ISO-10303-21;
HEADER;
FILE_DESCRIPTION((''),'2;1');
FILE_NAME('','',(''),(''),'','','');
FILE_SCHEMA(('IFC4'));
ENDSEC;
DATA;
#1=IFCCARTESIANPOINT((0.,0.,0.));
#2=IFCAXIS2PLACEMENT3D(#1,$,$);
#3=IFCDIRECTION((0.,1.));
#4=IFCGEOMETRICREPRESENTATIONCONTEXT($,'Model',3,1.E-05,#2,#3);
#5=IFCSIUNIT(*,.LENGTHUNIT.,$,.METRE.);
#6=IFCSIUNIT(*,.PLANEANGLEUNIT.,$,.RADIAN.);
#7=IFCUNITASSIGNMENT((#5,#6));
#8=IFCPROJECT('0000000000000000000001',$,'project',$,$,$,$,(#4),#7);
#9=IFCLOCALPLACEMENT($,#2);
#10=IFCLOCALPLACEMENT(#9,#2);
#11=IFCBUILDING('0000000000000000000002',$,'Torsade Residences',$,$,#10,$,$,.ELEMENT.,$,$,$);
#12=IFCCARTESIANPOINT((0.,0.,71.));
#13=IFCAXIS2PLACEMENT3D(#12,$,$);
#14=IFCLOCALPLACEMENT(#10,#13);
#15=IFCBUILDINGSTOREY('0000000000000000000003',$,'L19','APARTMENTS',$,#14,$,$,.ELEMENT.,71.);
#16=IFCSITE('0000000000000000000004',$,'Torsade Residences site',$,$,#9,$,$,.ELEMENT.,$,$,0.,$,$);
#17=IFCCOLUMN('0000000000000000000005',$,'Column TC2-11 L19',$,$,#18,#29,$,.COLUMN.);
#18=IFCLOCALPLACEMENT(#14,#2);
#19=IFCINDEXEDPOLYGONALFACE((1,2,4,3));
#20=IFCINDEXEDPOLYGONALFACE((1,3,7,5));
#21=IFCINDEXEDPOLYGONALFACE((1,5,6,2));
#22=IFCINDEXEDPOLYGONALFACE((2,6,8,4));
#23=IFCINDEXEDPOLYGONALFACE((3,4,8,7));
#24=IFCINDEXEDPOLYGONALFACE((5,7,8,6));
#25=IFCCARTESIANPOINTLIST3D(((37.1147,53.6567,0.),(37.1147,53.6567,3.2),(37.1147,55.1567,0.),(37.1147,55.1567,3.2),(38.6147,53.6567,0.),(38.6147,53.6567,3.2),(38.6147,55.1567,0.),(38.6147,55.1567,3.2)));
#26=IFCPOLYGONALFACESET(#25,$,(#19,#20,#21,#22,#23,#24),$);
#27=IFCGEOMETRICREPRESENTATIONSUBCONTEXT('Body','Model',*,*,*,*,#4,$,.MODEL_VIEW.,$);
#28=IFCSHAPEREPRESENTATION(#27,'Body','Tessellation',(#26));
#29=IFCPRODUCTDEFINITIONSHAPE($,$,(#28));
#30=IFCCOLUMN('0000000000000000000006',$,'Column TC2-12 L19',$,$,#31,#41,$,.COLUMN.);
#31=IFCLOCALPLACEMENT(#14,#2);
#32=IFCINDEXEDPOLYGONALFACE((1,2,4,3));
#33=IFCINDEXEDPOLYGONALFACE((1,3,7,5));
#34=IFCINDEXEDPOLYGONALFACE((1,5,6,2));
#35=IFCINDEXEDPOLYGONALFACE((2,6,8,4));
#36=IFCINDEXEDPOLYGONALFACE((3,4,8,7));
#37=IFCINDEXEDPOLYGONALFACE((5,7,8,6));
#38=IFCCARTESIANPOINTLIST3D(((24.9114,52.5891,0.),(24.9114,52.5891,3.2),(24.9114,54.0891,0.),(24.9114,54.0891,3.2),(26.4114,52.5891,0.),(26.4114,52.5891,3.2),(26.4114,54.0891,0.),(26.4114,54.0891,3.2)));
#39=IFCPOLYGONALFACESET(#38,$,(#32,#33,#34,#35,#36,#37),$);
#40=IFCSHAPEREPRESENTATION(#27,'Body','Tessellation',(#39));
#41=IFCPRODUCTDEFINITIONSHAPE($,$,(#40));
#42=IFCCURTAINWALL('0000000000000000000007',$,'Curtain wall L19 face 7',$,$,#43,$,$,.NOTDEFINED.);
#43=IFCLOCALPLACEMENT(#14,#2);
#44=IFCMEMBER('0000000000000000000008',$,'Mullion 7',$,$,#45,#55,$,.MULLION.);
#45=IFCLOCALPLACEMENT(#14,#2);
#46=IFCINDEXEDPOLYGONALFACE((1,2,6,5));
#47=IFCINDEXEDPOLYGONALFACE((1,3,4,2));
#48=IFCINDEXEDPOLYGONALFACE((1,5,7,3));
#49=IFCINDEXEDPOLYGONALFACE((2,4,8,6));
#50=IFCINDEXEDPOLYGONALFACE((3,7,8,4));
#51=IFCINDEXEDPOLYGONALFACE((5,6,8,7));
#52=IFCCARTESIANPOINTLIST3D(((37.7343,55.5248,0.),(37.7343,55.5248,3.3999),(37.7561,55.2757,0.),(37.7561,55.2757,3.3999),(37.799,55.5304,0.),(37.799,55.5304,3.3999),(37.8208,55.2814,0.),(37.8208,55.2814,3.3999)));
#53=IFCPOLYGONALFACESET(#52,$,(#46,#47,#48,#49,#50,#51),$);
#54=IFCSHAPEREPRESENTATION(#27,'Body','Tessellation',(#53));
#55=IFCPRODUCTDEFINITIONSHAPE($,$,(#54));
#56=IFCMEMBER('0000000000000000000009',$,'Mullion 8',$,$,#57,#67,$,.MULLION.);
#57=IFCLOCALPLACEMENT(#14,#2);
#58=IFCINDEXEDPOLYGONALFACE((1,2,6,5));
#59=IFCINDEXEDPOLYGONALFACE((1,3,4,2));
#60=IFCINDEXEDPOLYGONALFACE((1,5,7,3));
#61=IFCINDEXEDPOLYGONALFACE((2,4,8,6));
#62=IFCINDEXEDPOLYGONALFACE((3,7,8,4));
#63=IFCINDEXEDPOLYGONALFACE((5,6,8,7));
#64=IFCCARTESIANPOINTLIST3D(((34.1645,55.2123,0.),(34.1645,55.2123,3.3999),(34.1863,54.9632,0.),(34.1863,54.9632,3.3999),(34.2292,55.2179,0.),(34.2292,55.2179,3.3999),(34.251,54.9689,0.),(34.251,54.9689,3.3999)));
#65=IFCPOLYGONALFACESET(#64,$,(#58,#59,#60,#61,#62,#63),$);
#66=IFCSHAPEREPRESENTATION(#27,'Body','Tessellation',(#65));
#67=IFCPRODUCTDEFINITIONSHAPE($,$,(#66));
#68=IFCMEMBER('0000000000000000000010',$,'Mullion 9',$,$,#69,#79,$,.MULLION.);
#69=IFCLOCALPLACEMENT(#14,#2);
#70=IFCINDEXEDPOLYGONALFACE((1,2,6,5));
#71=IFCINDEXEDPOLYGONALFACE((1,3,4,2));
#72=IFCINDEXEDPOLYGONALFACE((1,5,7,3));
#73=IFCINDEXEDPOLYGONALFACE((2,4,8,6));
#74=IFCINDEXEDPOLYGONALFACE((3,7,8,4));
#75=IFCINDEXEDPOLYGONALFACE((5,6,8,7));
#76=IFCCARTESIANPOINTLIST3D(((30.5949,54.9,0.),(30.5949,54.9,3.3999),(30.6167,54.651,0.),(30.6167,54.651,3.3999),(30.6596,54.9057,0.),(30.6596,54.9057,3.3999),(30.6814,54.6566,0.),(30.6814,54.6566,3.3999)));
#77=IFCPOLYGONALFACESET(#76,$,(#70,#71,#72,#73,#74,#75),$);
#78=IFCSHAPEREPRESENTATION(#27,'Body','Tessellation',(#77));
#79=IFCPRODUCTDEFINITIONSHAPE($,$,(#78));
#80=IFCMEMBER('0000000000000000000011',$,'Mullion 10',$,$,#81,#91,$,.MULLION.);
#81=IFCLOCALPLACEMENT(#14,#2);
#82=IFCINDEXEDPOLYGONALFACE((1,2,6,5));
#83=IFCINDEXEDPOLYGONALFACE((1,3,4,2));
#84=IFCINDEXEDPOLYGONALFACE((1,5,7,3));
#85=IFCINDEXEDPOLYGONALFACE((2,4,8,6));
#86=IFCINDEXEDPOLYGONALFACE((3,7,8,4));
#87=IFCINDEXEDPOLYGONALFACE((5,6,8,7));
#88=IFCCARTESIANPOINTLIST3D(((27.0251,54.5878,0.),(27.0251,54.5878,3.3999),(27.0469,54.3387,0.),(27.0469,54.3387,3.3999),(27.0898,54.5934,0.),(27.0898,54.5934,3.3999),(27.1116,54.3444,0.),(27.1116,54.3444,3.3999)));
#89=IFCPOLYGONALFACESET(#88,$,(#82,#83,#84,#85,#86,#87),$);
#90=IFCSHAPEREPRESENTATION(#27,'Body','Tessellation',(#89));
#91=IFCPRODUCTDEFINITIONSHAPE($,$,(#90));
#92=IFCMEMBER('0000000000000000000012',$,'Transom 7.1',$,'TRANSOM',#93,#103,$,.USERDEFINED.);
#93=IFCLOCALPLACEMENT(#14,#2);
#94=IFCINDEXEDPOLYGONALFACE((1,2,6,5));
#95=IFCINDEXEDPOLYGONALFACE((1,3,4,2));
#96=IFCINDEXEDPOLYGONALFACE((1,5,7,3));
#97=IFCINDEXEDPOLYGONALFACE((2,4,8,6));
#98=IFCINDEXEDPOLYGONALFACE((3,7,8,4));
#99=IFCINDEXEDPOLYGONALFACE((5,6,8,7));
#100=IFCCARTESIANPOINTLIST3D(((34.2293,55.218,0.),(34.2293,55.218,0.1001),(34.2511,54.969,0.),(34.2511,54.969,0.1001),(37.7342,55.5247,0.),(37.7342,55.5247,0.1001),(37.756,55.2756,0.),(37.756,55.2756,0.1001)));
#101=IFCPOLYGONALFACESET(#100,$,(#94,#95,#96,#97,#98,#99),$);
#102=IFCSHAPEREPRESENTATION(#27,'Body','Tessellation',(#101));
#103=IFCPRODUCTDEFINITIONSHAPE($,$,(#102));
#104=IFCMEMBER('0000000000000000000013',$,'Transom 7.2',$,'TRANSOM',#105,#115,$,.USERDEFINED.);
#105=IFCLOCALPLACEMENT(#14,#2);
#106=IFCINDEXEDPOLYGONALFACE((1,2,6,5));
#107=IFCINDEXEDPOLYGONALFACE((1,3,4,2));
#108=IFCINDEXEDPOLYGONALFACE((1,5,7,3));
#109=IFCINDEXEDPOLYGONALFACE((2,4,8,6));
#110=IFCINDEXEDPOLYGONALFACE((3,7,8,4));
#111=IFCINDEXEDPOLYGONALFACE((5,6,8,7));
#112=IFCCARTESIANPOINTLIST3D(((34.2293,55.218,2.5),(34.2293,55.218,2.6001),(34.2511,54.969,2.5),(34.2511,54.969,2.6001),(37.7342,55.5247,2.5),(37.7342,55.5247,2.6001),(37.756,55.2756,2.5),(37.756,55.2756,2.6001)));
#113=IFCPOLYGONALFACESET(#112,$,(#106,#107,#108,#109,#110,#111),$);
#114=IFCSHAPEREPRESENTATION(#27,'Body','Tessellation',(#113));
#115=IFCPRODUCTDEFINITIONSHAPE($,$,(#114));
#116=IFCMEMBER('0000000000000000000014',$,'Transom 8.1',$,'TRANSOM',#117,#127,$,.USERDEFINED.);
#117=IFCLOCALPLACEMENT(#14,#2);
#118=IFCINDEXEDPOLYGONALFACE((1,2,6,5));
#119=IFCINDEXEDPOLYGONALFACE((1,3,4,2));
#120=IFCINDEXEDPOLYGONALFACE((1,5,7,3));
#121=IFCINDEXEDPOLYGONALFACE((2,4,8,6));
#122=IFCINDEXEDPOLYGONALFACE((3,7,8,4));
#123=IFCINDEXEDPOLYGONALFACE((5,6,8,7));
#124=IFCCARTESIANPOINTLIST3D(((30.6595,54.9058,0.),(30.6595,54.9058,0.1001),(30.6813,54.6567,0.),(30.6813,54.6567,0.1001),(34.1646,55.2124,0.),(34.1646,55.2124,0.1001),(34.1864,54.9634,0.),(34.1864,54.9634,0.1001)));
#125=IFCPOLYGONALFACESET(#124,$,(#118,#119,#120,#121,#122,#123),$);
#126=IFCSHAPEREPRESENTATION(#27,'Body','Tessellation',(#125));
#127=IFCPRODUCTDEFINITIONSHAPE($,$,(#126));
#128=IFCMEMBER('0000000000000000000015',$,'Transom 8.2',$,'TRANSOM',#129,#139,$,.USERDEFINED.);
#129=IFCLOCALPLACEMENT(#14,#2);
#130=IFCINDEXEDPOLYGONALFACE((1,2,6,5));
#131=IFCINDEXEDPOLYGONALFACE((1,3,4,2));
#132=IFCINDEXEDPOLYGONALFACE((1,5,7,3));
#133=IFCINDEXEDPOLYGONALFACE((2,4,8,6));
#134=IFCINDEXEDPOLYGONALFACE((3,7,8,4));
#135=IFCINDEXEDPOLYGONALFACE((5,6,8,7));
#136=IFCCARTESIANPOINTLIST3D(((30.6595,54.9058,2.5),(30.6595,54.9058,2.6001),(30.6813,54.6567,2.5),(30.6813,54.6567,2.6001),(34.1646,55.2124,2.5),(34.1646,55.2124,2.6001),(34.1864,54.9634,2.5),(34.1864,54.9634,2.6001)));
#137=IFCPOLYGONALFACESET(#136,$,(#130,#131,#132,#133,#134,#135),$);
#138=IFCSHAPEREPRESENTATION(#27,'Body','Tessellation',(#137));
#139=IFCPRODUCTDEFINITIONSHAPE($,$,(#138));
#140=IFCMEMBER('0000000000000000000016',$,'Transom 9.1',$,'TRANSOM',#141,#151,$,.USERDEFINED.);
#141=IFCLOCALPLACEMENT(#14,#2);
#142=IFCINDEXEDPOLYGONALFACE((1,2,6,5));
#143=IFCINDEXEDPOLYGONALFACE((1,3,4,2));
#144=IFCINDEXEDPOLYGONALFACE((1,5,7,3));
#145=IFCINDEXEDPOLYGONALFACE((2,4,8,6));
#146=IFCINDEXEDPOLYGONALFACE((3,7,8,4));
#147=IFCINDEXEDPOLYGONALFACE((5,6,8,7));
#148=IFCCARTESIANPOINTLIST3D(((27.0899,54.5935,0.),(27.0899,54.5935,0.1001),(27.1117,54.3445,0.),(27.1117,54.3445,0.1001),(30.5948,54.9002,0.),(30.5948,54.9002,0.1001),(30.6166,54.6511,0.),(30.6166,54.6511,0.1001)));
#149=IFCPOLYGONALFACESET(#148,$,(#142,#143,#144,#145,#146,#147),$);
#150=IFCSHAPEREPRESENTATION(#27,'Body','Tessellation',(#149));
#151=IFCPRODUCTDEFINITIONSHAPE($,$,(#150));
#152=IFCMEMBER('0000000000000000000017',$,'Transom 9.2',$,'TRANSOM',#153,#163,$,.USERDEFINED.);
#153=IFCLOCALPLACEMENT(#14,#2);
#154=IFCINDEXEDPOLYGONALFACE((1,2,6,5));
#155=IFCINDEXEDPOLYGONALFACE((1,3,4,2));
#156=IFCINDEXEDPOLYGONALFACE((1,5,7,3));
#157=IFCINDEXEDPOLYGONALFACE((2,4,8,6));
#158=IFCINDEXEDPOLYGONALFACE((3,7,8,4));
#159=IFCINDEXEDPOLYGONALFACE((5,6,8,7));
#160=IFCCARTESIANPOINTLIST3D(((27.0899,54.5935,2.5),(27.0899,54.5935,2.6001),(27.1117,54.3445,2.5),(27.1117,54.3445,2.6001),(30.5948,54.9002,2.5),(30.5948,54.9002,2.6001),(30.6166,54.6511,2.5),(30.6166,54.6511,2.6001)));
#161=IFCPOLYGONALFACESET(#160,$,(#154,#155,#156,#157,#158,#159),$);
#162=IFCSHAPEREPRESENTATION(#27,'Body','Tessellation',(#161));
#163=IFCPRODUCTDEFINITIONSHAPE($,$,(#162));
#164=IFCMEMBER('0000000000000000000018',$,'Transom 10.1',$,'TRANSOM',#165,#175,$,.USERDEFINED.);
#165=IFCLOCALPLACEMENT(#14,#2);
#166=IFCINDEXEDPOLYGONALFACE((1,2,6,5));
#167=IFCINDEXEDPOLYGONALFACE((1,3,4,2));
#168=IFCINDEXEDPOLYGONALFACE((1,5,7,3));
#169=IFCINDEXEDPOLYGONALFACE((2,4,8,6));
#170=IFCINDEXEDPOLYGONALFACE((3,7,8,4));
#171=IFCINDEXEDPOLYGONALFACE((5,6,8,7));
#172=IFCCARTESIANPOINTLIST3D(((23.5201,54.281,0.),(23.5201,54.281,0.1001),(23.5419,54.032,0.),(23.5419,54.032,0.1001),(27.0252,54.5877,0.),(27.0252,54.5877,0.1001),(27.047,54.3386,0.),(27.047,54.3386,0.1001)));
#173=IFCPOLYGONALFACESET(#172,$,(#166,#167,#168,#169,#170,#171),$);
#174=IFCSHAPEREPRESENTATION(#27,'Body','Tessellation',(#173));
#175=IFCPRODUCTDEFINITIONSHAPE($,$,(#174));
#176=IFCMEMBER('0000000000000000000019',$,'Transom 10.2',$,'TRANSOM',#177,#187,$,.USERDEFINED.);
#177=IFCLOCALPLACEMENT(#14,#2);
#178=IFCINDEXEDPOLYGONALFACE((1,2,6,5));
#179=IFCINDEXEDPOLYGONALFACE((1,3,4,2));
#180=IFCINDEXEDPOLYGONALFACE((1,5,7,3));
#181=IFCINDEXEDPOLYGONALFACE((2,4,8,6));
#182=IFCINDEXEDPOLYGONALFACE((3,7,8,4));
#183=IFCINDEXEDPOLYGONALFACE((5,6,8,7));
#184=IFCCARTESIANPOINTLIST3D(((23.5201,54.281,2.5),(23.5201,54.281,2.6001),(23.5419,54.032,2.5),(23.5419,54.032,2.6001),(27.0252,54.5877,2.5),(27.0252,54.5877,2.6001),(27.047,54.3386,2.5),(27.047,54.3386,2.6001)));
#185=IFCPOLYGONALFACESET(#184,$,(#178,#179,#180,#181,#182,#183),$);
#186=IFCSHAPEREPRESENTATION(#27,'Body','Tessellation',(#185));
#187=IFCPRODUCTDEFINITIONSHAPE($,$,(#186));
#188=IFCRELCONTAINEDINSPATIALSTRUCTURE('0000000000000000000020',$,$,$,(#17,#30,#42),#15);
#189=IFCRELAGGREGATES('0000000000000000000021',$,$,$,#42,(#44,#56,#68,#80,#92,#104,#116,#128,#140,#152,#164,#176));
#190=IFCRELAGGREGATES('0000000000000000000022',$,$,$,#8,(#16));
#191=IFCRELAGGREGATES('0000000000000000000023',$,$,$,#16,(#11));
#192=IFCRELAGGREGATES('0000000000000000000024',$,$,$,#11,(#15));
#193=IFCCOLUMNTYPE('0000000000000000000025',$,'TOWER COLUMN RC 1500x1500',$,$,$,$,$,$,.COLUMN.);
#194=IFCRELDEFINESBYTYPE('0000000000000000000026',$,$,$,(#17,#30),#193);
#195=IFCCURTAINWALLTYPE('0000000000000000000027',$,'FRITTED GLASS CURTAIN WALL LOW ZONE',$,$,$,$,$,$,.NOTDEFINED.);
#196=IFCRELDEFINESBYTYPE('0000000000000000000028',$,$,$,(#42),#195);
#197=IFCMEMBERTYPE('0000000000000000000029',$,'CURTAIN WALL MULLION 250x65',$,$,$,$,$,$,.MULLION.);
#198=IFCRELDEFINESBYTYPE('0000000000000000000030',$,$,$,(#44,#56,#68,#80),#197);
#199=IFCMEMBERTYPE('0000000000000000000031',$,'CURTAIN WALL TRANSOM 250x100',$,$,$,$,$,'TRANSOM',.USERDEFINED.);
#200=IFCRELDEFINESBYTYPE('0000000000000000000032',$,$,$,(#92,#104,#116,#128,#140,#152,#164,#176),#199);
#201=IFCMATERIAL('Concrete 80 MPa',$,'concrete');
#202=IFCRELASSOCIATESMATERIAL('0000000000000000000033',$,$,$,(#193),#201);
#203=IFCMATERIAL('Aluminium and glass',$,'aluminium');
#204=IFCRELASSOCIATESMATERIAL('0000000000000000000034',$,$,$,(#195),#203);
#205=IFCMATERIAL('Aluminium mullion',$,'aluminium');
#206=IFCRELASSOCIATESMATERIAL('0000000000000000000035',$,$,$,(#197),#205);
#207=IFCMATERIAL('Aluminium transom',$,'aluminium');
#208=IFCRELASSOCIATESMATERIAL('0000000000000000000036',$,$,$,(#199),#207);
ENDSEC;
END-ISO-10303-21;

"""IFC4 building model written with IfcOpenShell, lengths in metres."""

from ifc_helpers import new_model, si_unit, direction, frame, origin, origin_2d, place, context, subcontext, project, spatial, rectangle, extrude, material, material_profile, profile_set, type_object, element, aggregate, save


model = new_model("IFC4")

# Units and contexts
model_context = context("Model", 3, precision=1e-05, world=origin(), true_north=direction((0.0, 1.0)))
body_context = subcontext(model_context, "Body", "Model", "MODEL_VIEW")
ifc_project = project(units=[si_unit("LENGTHUNIT", "METRE"), si_unit("PLANEANGLEUNIT", "RADIAN")], contexts=[model_context])

# Site, building, storey
site_placement = place(None, origin())
site = spatial("IfcSite", under=ifc_project, at=site_placement, Name="Torsade Residences site", CompositionType="ELEMENT", RefElevation=0.0)
building_placement = place(site_placement, origin())
building = spatial("IfcBuilding", under=site, at=building_placement, Name="Torsade Residences", CompositionType="ELEMENT")
storey_placement = place(building_placement, frame((0.0, 0.0, 71.0)))
storey = spatial("IfcBuildingStorey", under=building, at=storey_placement, Name="L19", Description="APARTMENTS", CompositionType="ELEMENT", Elevation=71.0)

# Columns
ifc_material_1 = material(Name="Concrete 80 MPa", Category="concrete")
ifc_material_profile_1 = material_profile(ifc_material_1, rectangle(XDim=1.5, YDim=1.5, at=origin_2d()), Name="RC 1500x1500")
ifc_profile_set_1 = profile_set([ifc_material_profile_1], Name="Concrete 80 MPa")
column_type = type_object("IfcColumnType", Name="TOWER COLUMN RC 1500x1500", PredefinedType="COLUMN", material=ifc_profile_set_1)
for number, where, z_axis, x_axis, name in (
    (1, (37.8647, 54.4067, 0.0), (0.0, 0.0, 1.0), (1.0, 0.0, 0.0), "Column TC2-11 L19"),
    (2, (25.6614, 53.3391, 0.0), (0.0, 0.0, 1.0), (1.0, 0.0, 0.0), "Column TC2-12 L19"),
):
    element("IfcColumn", number, at=place(storey_placement, frame(where, z_axis=z_axis, x_axis=x_axis)), inside=storey, type_object=column_type, Name=name, PredefinedType="COLUMN", context=body_context, shape_type="SweptSolid", body=[
        extrude(rectangle(XDim=1.5, YDim=1.5, at=origin_2d()), origin(), (0.0, 0.0, 1.0), 3.2),
    ])

# Curtain wall, members
ifc_material_2 = material(Name="Aluminium and glass", Category="aluminium")
curtain_wall_type = type_object("IfcCurtainWallType", Name="FRITTED GLASS CURTAIN WALL LOW ZONE", PredefinedType="NOTDEFINED", material=ifc_material_2)
curtain_wall_placement = place(storey_placement, origin())
curtain_wall = element("IfcCurtainWall", 3, at=curtain_wall_placement, inside=storey, type_object=curtain_wall_type, Name="Curtain wall L19 face 7", PredefinedType="NOTDEFINED")
ifc_material_3 = material(Name="Aluminium mullion", Category="aluminium")
ifc_material_profile_2 = material_profile(ifc_material_3, rectangle(XDim=0.25, YDim=0.0649, at=origin_2d()), Name="CURTAIN WALL MULLION 250x65")
ifc_profile_set_2 = profile_set([ifc_material_profile_2], Name="Aluminium mullion")
member_type_1 = type_object("IfcMemberType", Name="CURTAIN WALL MULLION 250x65", PredefinedType="MULLION", material=ifc_profile_set_2)
member_1_placement = place(storey_placement, frame((37.7776, 55.4031, 0.0), z_axis=(0.0, 0.0, 1.0), x_axis=(0.087156, -0.996195, 0.0)))
member_1 = element("IfcMember", 4, at=member_1_placement, type_object=member_type_1, Name="Mullion 7", PredefinedType="MULLION", context=body_context, shape_type="SweptSolid", body=[
    extrude(rectangle(XDim=0.25, YDim=0.0649, at=origin_2d()), origin(), (0.0, 0.0, 1.0), 3.3999),
])
member_2_placement = place(storey_placement, frame((34.2078, 55.0906, 0.0), z_axis=(0.0, 0.0, 1.0), x_axis=(0.087156, -0.996195, 0.0)))
member_2 = element("IfcMember", 5, at=member_2_placement, type_object=member_type_1, Name="Mullion 8", PredefinedType="MULLION", context=body_context, shape_type="SweptSolid", body=[
    extrude(rectangle(XDim=0.25, YDim=0.0649, at=origin_2d()), origin(), (0.0, 0.0, 1.0), 3.3999),
])
member_3_placement = place(storey_placement, frame((30.6382, 54.7783, 0.0), z_axis=(0.0, 0.0, 1.0), x_axis=(0.087156, -0.996195, 0.0)))
member_3 = element("IfcMember", 6, at=member_3_placement, type_object=member_type_1, Name="Mullion 9", PredefinedType="MULLION", context=body_context, shape_type="SweptSolid", body=[
    extrude(rectangle(XDim=0.25, YDim=0.0649, at=origin_2d()), origin(), (0.0, 0.0, 1.0), 3.3999),
])
member_4_placement = place(storey_placement, frame((27.0684, 54.4661, 0.0), z_axis=(0.0, 0.0, 1.0), x_axis=(0.087156, -0.996195, 0.0)))
member_4 = element("IfcMember", 7, at=member_4_placement, type_object=member_type_1, Name="Mullion 10", PredefinedType="MULLION", context=body_context, shape_type="SweptSolid", body=[
    extrude(rectangle(XDim=0.25, YDim=0.0649, at=origin_2d()), origin(), (0.0, 0.0, 1.0), 3.3999),
])
ifc_material_4 = material(Name="Aluminium transom", Category="aluminium")
ifc_material_profile_3 = material_profile(ifc_material_4, rectangle(XDim=0.25, YDim=0.1001, at=origin_2d()), Name="CURTAIN WALL TRANSOM 250x100")
ifc_profile_set_3 = profile_set([ifc_material_profile_3], Name="Aluminium transom")
member_type_2 = type_object("IfcMemberType", Name="CURTAIN WALL TRANSOM 250x100", ElementType="TRANSOM", PredefinedType="USERDEFINED", material=ifc_profile_set_3)
member_5_placement = place(storey_placement, frame((37.7451, 55.4001, 0.05), z_axis=(-0.996195, -0.087157, 0.0), x_axis=(0.087157, -0.996195, 0.0)))
member_5 = element("IfcMember", 8, at=member_5_placement, type_object=member_type_2, Name="Transom 7.1", ObjectType="TRANSOM", PredefinedType="USERDEFINED", context=body_context, shape_type="SweptSolid", body=[
    extrude(rectangle(XDim=0.25, YDim=0.1001, at=origin_2d()), origin(), (0.0, 0.0, 1.0), 3.5183),
])
member_6_placement = place(storey_placement, frame((37.7451, 55.4001, 2.55), z_axis=(-0.996195, -0.087157, 0.0), x_axis=(0.087157, -0.996195, 0.0)))
member_6 = element("IfcMember", 9, at=member_6_placement, type_object=member_type_2, Name="Transom 7.2", ObjectType="TRANSOM", PredefinedType="USERDEFINED", context=body_context, shape_type="SweptSolid", body=[
    extrude(rectangle(XDim=0.25, YDim=0.1001, at=origin_2d()), origin(), (0.0, 0.0, 1.0), 3.5183),
])
member_7_placement = place(storey_placement, frame((34.1755, 55.0879, 0.05), z_axis=(-0.996195, -0.087151, 0.0), x_axis=(0.087151, -0.996195, 0.0)))
member_7 = element("IfcMember", 10, at=member_7_placement, type_object=member_type_2, Name="Transom 8.1", ObjectType="TRANSOM", PredefinedType="USERDEFINED", context=body_context, shape_type="SweptSolid", body=[
    extrude(rectangle(XDim=0.25, YDim=0.1001, at=origin_2d()), origin(), (0.0, 0.0, 1.0), 3.5186),
])
member_8_placement = place(storey_placement, frame((34.1755, 55.0879, 2.55), z_axis=(-0.996195, -0.087151, 0.0), x_axis=(0.087151, -0.996195, 0.0)))
member_8 = element("IfcMember", 11, at=member_8_placement, type_object=member_type_2, Name="Transom 8.2", ObjectType="TRANSOM", PredefinedType="USERDEFINED", context=body_context, shape_type="SweptSolid", body=[
    extrude(rectangle(XDim=0.25, YDim=0.1001, at=origin_2d()), origin(), (0.0, 0.0, 1.0), 3.5186),
])
member_9_placement = place(storey_placement, frame((30.6057, 54.7756, 0.05), z_axis=(-0.996195, -0.087157, 0.0), x_axis=(0.087157, -0.996195, 0.0)))
member_9 = element("IfcMember", 12, at=member_9_placement, type_object=member_type_2, Name="Transom 9.1", ObjectType="TRANSOM", PredefinedType="USERDEFINED", context=body_context, shape_type="SweptSolid", body=[
    extrude(rectangle(XDim=0.25, YDim=0.1001, at=origin_2d()), origin(), (0.0, 0.0, 1.0), 3.5183),
])
member_10_placement = place(storey_placement, frame((30.6057, 54.7756, 2.55), z_axis=(-0.996195, -0.087157, 0.0), x_axis=(0.087157, -0.996195, 0.0)))
member_10 = element("IfcMember", 13, at=member_10_placement, type_object=member_type_2, Name="Transom 9.2", ObjectType="TRANSOM", PredefinedType="USERDEFINED", context=body_context, shape_type="SweptSolid", body=[
    extrude(rectangle(XDim=0.25, YDim=0.1001, at=origin_2d()), origin(), (0.0, 0.0, 1.0), 3.5183),
])
member_11_placement = place(storey_placement, frame((27.0361, 54.4631, 0.05), z_axis=(-0.996195, -0.087151, 0.0), x_axis=(0.087151, -0.996195, 0.0)))
member_11 = element("IfcMember", 14, at=member_11_placement, type_object=member_type_2, Name="Transom 10.1", ObjectType="TRANSOM", PredefinedType="USERDEFINED", context=body_context, shape_type="SweptSolid", body=[
    extrude(rectangle(XDim=0.25, YDim=0.1001, at=origin_2d()), origin(), (0.0, 0.0, 1.0), 3.5186),
])
member_12_placement = place(storey_placement, frame((27.0361, 54.4631, 2.55), z_axis=(-0.996195, -0.087151, 0.0), x_axis=(0.087151, -0.996195, 0.0)))
member_12 = element("IfcMember", 15, at=member_12_placement, type_object=member_type_2, Name="Transom 10.2", ObjectType="TRANSOM", PredefinedType="USERDEFINED", context=body_context, shape_type="SweptSolid", body=[
    extrude(rectangle(XDim=0.25, YDim=0.1001, at=origin_2d()), origin(), (0.0, 0.0, 1.0), 3.5186),
])

aggregate(curtain_wall, [member_1, member_2, member_3, member_4, member_5, member_6, member_7, member_8, member_9, member_10, member_11, member_12])

save(model, "model.ifc")
